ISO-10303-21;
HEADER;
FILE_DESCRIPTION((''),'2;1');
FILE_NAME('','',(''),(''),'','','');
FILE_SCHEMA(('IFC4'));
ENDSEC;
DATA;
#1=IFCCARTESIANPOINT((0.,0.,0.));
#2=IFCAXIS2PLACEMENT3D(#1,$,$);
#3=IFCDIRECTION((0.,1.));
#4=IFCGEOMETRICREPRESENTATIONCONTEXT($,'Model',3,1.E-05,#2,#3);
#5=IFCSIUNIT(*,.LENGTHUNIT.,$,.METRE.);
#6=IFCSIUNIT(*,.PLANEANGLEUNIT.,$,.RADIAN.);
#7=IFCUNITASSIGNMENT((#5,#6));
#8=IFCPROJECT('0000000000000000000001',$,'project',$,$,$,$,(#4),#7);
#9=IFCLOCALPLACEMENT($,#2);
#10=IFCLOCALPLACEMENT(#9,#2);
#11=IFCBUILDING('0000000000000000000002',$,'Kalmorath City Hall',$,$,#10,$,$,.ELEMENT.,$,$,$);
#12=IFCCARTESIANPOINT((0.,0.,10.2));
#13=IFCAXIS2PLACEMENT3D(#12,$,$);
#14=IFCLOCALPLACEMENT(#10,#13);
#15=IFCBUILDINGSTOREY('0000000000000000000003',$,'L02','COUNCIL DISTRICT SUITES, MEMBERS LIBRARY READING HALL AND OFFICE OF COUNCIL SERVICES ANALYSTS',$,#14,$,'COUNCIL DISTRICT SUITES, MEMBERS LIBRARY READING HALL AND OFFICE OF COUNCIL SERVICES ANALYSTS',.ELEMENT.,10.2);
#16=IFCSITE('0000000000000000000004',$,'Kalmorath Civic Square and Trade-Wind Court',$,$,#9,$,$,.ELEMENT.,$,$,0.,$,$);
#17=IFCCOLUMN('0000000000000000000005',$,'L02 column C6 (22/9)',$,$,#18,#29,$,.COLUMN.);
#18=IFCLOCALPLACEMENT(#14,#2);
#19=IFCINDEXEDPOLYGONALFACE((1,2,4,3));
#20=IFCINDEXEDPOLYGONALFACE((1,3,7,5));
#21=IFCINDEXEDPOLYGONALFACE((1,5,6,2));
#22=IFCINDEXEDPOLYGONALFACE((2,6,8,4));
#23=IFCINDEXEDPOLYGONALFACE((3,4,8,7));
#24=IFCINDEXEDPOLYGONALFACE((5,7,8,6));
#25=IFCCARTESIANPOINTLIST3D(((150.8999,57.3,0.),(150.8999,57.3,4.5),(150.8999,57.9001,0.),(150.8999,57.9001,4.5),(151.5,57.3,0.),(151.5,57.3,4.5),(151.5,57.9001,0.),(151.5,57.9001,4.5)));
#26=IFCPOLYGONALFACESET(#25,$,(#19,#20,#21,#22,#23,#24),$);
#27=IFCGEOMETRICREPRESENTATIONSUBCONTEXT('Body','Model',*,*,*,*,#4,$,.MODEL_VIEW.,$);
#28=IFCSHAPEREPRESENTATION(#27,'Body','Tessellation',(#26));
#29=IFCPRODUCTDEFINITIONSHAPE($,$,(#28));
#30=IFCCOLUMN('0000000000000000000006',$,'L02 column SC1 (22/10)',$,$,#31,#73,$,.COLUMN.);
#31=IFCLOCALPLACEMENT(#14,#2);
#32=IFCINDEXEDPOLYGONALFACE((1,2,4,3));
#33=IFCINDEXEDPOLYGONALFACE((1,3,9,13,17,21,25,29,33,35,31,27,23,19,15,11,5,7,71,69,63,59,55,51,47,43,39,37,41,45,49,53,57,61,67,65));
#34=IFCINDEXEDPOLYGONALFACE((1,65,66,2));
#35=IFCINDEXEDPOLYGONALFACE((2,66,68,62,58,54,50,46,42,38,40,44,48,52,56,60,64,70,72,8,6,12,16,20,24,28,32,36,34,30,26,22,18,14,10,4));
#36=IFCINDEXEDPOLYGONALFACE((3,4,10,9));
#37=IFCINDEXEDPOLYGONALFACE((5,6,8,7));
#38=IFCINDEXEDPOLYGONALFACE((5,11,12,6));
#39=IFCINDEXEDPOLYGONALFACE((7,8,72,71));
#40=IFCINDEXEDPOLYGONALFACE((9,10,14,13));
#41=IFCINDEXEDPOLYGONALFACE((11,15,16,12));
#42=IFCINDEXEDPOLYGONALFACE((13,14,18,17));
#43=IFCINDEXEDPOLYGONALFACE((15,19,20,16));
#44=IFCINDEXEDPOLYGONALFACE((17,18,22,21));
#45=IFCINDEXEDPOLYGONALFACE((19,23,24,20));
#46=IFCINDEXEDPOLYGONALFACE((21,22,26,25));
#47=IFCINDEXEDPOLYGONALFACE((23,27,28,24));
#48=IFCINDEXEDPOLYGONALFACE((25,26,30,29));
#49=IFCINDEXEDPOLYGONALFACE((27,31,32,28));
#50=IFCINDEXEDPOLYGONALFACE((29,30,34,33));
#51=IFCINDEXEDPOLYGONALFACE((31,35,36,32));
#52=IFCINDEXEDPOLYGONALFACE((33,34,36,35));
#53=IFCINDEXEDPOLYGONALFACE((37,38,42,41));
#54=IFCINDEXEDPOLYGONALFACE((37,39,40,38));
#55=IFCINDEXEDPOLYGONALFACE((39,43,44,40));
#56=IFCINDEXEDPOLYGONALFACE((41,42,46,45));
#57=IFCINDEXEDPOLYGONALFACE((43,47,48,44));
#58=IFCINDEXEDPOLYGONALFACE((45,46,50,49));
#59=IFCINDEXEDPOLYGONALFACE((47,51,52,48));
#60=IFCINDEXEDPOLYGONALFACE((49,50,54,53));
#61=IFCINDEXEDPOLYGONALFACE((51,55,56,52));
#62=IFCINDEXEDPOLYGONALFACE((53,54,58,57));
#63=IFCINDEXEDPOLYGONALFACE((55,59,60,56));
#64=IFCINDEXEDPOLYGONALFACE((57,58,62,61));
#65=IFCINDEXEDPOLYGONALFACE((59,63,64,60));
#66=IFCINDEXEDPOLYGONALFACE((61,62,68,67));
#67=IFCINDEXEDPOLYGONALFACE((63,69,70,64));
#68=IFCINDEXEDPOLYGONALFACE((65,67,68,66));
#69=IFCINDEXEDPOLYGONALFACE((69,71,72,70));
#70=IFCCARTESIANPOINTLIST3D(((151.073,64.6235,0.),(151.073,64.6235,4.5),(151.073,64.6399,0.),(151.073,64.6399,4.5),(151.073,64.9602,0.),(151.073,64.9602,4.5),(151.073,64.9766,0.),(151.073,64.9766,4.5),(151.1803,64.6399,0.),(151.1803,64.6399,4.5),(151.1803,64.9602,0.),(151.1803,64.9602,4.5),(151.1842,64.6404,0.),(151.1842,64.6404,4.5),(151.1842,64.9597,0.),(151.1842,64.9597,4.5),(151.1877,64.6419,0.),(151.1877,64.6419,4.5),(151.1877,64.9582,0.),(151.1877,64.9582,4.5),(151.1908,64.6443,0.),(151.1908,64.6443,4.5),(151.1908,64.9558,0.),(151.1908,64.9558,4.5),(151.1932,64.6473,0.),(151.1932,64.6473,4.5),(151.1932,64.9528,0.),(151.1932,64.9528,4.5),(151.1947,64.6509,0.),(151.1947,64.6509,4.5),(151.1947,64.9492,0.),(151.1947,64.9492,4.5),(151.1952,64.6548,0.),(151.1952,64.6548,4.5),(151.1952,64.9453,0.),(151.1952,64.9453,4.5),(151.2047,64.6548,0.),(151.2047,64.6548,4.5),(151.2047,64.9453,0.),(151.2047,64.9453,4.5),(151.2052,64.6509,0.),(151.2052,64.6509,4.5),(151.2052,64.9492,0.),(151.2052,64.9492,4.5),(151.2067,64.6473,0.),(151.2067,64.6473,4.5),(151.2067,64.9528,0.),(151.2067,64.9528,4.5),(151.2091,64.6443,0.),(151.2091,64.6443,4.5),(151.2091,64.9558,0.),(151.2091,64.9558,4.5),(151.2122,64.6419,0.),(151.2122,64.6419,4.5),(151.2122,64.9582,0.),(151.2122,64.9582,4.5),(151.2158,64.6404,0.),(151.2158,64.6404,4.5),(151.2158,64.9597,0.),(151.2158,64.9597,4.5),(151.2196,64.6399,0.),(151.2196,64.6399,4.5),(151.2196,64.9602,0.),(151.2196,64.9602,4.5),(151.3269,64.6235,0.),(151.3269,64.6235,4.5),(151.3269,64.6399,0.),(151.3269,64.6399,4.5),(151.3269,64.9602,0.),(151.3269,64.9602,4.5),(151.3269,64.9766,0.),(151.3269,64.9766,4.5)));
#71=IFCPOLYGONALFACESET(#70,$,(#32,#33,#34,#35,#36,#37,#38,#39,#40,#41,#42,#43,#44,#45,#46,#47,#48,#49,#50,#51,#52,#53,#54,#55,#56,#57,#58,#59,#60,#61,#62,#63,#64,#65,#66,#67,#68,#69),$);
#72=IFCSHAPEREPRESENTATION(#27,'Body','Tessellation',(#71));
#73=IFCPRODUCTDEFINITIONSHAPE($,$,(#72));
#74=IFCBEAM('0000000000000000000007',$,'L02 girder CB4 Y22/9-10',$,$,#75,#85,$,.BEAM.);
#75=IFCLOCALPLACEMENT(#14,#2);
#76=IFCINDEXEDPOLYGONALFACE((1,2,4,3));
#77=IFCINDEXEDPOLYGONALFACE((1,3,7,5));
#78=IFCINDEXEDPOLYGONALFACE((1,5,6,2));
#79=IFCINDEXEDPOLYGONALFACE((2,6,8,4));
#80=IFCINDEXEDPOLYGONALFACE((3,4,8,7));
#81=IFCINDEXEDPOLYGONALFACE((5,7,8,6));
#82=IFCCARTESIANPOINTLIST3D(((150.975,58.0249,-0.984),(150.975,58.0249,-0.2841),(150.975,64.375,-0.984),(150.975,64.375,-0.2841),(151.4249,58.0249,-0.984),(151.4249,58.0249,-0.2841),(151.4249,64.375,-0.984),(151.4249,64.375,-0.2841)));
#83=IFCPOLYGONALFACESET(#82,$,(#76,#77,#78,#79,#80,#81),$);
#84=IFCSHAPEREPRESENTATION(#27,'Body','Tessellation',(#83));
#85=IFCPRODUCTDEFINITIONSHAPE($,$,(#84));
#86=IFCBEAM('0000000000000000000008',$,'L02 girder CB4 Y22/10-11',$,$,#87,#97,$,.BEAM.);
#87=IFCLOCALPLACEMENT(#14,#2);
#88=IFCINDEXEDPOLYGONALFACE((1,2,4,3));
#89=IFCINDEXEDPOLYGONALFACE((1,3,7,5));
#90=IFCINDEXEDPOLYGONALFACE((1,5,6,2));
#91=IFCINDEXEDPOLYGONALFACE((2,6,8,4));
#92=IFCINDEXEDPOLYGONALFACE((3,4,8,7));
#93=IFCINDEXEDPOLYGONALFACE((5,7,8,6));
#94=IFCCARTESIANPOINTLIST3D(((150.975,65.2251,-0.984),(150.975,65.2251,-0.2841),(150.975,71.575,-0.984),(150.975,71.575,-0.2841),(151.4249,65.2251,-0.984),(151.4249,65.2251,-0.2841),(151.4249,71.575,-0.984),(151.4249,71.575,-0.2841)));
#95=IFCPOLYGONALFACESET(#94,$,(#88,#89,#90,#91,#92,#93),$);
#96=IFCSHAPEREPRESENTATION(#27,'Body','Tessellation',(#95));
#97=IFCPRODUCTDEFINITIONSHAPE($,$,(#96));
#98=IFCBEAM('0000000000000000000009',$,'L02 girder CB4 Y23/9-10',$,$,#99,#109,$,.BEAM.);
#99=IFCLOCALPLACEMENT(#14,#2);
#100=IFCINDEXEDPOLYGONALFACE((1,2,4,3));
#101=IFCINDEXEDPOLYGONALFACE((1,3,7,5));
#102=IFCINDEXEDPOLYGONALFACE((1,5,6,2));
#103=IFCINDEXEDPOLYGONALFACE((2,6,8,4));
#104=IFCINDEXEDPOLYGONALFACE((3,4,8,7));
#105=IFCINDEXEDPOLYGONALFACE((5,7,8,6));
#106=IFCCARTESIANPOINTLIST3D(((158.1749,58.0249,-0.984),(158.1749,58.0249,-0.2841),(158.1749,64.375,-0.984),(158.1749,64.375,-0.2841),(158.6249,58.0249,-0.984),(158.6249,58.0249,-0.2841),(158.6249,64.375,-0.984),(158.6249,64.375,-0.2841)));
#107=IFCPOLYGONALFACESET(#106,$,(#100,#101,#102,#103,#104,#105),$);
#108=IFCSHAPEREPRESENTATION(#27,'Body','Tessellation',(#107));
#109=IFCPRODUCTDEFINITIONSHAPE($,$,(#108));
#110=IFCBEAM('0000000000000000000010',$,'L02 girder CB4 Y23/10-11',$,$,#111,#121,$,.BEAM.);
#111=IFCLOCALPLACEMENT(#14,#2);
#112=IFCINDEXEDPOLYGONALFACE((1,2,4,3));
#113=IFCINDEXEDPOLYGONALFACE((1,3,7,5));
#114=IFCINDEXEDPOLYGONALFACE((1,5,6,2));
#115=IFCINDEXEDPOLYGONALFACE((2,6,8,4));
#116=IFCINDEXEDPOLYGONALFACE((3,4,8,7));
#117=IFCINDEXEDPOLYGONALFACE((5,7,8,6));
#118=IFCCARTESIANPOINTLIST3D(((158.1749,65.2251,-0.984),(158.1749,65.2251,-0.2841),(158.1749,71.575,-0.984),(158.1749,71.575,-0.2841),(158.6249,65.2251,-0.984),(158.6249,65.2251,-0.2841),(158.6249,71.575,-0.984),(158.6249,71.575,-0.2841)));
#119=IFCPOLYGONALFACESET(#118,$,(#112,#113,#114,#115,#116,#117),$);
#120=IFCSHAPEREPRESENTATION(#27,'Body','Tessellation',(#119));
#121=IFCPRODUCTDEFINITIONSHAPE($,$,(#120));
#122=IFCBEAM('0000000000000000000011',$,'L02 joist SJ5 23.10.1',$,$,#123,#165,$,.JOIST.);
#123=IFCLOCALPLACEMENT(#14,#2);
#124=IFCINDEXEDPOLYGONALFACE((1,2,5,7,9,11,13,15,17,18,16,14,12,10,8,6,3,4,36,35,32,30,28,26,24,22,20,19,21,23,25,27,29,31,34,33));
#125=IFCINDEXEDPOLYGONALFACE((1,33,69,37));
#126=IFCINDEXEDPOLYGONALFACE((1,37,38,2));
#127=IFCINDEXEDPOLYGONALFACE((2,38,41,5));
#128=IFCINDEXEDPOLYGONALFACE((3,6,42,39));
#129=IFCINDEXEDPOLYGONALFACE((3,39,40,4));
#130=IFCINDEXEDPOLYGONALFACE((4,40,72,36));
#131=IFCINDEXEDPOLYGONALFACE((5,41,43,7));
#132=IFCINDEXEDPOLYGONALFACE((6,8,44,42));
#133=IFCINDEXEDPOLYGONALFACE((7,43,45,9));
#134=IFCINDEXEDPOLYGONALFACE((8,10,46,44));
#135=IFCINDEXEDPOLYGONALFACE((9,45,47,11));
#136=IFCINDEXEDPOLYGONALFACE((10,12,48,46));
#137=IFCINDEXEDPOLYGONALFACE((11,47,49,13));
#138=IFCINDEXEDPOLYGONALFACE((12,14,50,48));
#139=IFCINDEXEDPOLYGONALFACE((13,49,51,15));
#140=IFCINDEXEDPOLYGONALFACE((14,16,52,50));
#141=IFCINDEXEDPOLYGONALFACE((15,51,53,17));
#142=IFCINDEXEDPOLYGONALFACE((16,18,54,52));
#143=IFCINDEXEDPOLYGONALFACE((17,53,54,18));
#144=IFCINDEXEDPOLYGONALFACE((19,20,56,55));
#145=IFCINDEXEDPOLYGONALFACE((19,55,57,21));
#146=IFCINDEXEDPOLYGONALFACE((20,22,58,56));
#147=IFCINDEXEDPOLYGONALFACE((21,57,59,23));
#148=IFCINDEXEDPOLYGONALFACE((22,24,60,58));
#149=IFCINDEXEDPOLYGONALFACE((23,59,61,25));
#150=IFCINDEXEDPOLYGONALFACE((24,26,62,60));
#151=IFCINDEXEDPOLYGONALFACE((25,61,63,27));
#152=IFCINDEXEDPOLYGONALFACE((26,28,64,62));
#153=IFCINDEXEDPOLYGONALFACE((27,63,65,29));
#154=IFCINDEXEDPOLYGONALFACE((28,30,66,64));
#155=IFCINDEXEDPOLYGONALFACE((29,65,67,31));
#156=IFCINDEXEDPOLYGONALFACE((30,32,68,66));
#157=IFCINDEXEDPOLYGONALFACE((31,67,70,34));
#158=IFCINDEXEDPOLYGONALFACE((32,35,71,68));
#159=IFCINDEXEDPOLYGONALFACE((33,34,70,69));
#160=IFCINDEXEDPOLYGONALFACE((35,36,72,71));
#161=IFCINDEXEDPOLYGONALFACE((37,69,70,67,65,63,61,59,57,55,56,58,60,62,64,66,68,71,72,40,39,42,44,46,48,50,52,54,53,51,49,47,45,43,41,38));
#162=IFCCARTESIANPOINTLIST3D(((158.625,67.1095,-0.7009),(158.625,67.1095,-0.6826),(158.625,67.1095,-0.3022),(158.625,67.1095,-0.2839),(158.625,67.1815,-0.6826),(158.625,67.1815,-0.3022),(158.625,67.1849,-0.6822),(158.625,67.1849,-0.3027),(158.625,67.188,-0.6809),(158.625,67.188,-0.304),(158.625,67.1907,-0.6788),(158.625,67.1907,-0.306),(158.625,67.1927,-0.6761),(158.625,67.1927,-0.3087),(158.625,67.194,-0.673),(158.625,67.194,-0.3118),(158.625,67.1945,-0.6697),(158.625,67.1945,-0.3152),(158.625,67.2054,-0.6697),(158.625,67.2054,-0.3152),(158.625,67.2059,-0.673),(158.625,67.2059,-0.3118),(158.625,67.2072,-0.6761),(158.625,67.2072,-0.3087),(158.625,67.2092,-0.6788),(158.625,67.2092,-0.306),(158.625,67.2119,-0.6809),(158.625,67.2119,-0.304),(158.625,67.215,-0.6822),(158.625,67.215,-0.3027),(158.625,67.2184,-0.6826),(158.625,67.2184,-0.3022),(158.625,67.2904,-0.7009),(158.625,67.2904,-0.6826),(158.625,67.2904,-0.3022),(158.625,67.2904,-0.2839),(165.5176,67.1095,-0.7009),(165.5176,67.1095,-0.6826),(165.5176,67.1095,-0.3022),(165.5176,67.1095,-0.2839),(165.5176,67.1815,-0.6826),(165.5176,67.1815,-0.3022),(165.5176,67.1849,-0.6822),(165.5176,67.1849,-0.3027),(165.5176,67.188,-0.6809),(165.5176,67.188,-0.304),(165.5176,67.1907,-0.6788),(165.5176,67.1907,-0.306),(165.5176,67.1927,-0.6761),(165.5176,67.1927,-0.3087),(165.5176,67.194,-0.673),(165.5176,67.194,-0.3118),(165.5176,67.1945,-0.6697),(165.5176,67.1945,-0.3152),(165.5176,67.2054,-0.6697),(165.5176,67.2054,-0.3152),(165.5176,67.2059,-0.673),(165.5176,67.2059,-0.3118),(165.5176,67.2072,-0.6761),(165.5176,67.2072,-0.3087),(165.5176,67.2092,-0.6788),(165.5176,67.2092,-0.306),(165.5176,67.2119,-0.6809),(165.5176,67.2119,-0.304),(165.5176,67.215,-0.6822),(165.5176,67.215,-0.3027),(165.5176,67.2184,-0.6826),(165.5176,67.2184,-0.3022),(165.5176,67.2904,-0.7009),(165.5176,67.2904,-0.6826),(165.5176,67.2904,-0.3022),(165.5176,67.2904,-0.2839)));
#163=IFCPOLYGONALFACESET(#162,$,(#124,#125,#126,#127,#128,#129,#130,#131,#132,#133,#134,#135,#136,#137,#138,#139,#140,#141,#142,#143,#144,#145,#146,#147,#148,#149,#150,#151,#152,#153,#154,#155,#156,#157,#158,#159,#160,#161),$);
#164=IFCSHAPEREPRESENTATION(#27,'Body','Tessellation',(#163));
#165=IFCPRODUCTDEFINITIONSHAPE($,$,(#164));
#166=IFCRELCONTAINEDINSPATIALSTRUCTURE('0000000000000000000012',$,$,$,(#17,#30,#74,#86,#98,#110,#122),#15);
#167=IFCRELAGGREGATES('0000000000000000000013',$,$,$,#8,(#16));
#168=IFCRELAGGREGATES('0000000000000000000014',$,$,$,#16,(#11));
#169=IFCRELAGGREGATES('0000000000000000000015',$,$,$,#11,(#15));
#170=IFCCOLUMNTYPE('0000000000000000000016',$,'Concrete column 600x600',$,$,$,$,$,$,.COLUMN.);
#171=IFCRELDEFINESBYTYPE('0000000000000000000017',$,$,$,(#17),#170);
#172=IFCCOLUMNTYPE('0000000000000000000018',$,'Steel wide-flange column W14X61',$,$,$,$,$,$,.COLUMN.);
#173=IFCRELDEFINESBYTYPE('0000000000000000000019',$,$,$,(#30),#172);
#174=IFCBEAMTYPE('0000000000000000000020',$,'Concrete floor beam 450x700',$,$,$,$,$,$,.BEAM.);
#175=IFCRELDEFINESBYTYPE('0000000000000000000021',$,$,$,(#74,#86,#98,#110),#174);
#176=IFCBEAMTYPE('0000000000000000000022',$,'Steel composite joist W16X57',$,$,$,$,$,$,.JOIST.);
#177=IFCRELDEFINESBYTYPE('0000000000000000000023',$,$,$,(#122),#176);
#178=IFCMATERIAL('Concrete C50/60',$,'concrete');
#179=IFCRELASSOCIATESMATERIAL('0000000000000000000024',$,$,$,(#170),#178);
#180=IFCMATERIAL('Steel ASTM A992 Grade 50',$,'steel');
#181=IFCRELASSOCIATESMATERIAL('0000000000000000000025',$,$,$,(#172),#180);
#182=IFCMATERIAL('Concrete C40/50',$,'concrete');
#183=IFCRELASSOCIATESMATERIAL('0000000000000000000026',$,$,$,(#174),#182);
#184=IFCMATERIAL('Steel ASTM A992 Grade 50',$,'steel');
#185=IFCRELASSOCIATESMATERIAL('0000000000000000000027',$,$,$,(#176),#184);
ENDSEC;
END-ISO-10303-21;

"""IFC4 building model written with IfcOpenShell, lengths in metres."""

from ifc_helpers import new_model, si_unit, direction, frame, origin, origin_2d, place, context, subcontext, project, spatial, rectangle, i_section, extrude, material, material_profile, profile_set, type_object, element, save


model = new_model("IFC4")

# Units and contexts
model_context = context("Model", 3, precision=1e-05, world=origin(), true_north=direction((0.0, 1.0)))
body_context = subcontext(model_context, "Body", "Model", "MODEL_VIEW")
ifc_project = project(units=[si_unit("LENGTHUNIT", "METRE"), si_unit("PLANEANGLEUNIT", "RADIAN")], contexts=[model_context])

# Site, building, storey
site_placement = place(None, origin())
site = spatial("IfcSite", under=ifc_project, at=site_placement, Name="Kalmorath Civic Square and Trade-Wind Court", CompositionType="ELEMENT", RefElevation=0.0)
building_placement = place(site_placement, origin())
building = spatial("IfcBuilding", under=site, at=building_placement, Name="Kalmorath City Hall", CompositionType="ELEMENT")
storey_placement = place(building_placement, frame((0.0, 0.0, 10.2)))
storey = spatial("IfcBuildingStorey", under=building, at=storey_placement, Name="L02", Description="COUNCIL DISTRICT SUITES, MEMBERS LIBRARY READING HALL AND OFFICE OF COUNCIL SERVICES ANALYSTS", LongName="COUNCIL DISTRICT SUITES, MEMBERS LIBRARY READING HALL AND OFFICE OF COUNCIL SERVICES ANALYSTS", CompositionType="ELEMENT", Elevation=10.2)

# Columns
ifc_material_1 = material(Name="Concrete C50/60", Category="concrete")
ifc_material_profile_1 = material_profile(ifc_material_1, rectangle(XDim=0.6001, YDim=0.6001, at=origin_2d()), Name="RC-COL-600X600")
ifc_profile_set_1 = profile_set([ifc_material_profile_1], Name="Concrete C50/60")
column_type_1 = type_object("IfcColumnType", Name="Concrete column 600x600", PredefinedType="COLUMN", material=ifc_profile_set_1)
column_1_placement = place(storey_placement, frame((151.2, 57.6001, 0.0), z_axis=(0.0, 0.0, 1.0), x_axis=(1.0, 0.0, 0.0)))
element("IfcColumn", 1, at=column_1_placement, inside=storey, type_object=column_type_1, Name="L02 column C6 (22/9)", PredefinedType="COLUMN", context=body_context, shape_type="SweptSolid", body=[
    extrude(rectangle(XDim=0.6001, YDim=0.6001, at=origin_2d()), origin(), (0.0, 0.0, 1.0), 4.5),
])
ifc_material_2 = material(Name="Steel ASTM A992 Grade 50", Category="steel")
ifc_material_profile_2 = material_profile(ifc_material_2, i_section(OverallWidth=0.2539, OverallDepth=0.353, WebThickness=0.0095, FlangeThickness=0.0164, FilletRadius=0.0149, at=origin_2d()), Name="W14X61")
ifc_profile_set_2 = profile_set([ifc_material_profile_2], Name="Steel ASTM A992 Grade 50")
column_type_2 = type_object("IfcColumnType", Name="Steel wide-flange column W14X61", PredefinedType="COLUMN", material=ifc_profile_set_2)
column_2_placement = place(storey_placement, frame((151.2, 64.8, 0.0), z_axis=(0.0, 0.0, 1.0), x_axis=(1.0, 0.0, 0.0)))
element("IfcColumn", 2, at=column_2_placement, inside=storey, type_object=column_type_2, Name="L02 column SC1 (22/10)", PredefinedType="COLUMN", context=body_context, shape_type="SweptSolid", body=[
    extrude(i_section(OverallWidth=0.2539, OverallDepth=0.353, WebThickness=0.0095, FlangeThickness=0.0164, FilletRadius=0.0149, at=origin_2d()), origin(), (0.0, 0.0, 1.0), 4.5),
])

# Beams
ifc_material_3 = material(Name="Concrete C40/50", Category="concrete")
ifc_material_profile_3 = material_profile(ifc_material_3, rectangle(XDim=0.45, YDim=0.7, at=origin_2d()), Name="RC-BM-450X700")
ifc_profile_set_3 = profile_set([ifc_material_profile_3], Name="Concrete C40/50")
beam_type_1 = type_object("IfcBeamType", Name="Concrete floor beam 450x700", PredefinedType="BEAM", material=ifc_profile_set_3)
beam_1_placement = place(storey_placement, frame((151.2, 58.0249, -0.634), z_axis=(0.0, 1.0, 0.0), x_axis=(-1.0, 0.0, 0.0)))
element("IfcBeam", 3, at=beam_1_placement, inside=storey, type_object=beam_type_1, Name="L02 girder CB4 Y22/9-10", PredefinedType="BEAM", context=body_context, shape_type="SweptSolid", body=[
    extrude(rectangle(XDim=0.45, YDim=0.7, at=origin_2d()), origin(), (0.0, 0.0, 1.0), 6.3501),
])
beam_2_placement = place(storey_placement, frame((151.2, 65.2251, -0.634), z_axis=(0.0, 1.0, 0.0), x_axis=(-1.0, 0.0, 0.0)))
element("IfcBeam", 4, at=beam_2_placement, inside=storey, type_object=beam_type_1, Name="L02 girder CB4 Y22/10-11", PredefinedType="BEAM", context=body_context, shape_type="SweptSolid", body=[
    extrude(rectangle(XDim=0.45, YDim=0.7, at=origin_2d()), origin(), (0.0, 0.0, 1.0), 6.3499),
])
beam_3_placement = place(storey_placement, frame((158.3999, 58.0249, -0.634), z_axis=(0.0, 1.0, 0.0), x_axis=(-1.0, 0.0, 0.0)))
element("IfcBeam", 5, at=beam_3_placement, inside=storey, type_object=beam_type_1, Name="L02 girder CB4 Y23/9-10", PredefinedType="BEAM", context=body_context, shape_type="SweptSolid", body=[
    extrude(rectangle(XDim=0.45, YDim=0.7, at=origin_2d()), origin(), (0.0, 0.0, 1.0), 6.3501),
])
beam_4_placement = place(storey_placement, frame((158.3999, 65.2251, -0.634), z_axis=(0.0, 1.0, 0.0), x_axis=(-1.0, 0.0, 0.0)))
element("IfcBeam", 6, at=beam_4_placement, inside=storey, type_object=beam_type_1, Name="L02 girder CB4 Y23/10-11", PredefinedType="BEAM", context=body_context, shape_type="SweptSolid", body=[
    extrude(rectangle(XDim=0.45, YDim=0.7, at=origin_2d()), origin(), (0.0, 0.0, 1.0), 6.3499),
])
ifc_material_4 = material(Name="Steel ASTM A992 Grade 50", Category="steel")
ifc_material_profile_4 = material_profile(ifc_material_4, i_section(OverallWidth=0.1809, OverallDepth=0.417, WebThickness=0.011, FlangeThickness=0.0183, FilletRadius=0.0129, at=origin_2d()), Name="W16X57")
ifc_profile_set_4 = profile_set([ifc_material_profile_4], Name="Steel ASTM A992 Grade 50")
beam_type_2 = type_object("IfcBeamType", Name="Steel composite joist W16X57", PredefinedType="JOIST", material=ifc_profile_set_4)
beam_5_placement = place(storey_placement, frame((158.625, 67.2, -0.4924), z_axis=(1.0, 0.0, 0.0), x_axis=(0.0, 1.0, 0.0)))
element("IfcBeam", 7, at=beam_5_placement, inside=storey, type_object=beam_type_2, Name="L02 joist SJ5 23.10.1", PredefinedType="JOIST", context=body_context, shape_type="SweptSolid", body=[
    extrude(i_section(OverallWidth=0.1809, OverallDepth=0.417, WebThickness=0.011, FlangeThickness=0.0183, FilletRadius=0.0129, at=origin_2d()), origin(), (0.0, 0.0, 1.0), 6.8926),
])

save(model, "model.ifc")
